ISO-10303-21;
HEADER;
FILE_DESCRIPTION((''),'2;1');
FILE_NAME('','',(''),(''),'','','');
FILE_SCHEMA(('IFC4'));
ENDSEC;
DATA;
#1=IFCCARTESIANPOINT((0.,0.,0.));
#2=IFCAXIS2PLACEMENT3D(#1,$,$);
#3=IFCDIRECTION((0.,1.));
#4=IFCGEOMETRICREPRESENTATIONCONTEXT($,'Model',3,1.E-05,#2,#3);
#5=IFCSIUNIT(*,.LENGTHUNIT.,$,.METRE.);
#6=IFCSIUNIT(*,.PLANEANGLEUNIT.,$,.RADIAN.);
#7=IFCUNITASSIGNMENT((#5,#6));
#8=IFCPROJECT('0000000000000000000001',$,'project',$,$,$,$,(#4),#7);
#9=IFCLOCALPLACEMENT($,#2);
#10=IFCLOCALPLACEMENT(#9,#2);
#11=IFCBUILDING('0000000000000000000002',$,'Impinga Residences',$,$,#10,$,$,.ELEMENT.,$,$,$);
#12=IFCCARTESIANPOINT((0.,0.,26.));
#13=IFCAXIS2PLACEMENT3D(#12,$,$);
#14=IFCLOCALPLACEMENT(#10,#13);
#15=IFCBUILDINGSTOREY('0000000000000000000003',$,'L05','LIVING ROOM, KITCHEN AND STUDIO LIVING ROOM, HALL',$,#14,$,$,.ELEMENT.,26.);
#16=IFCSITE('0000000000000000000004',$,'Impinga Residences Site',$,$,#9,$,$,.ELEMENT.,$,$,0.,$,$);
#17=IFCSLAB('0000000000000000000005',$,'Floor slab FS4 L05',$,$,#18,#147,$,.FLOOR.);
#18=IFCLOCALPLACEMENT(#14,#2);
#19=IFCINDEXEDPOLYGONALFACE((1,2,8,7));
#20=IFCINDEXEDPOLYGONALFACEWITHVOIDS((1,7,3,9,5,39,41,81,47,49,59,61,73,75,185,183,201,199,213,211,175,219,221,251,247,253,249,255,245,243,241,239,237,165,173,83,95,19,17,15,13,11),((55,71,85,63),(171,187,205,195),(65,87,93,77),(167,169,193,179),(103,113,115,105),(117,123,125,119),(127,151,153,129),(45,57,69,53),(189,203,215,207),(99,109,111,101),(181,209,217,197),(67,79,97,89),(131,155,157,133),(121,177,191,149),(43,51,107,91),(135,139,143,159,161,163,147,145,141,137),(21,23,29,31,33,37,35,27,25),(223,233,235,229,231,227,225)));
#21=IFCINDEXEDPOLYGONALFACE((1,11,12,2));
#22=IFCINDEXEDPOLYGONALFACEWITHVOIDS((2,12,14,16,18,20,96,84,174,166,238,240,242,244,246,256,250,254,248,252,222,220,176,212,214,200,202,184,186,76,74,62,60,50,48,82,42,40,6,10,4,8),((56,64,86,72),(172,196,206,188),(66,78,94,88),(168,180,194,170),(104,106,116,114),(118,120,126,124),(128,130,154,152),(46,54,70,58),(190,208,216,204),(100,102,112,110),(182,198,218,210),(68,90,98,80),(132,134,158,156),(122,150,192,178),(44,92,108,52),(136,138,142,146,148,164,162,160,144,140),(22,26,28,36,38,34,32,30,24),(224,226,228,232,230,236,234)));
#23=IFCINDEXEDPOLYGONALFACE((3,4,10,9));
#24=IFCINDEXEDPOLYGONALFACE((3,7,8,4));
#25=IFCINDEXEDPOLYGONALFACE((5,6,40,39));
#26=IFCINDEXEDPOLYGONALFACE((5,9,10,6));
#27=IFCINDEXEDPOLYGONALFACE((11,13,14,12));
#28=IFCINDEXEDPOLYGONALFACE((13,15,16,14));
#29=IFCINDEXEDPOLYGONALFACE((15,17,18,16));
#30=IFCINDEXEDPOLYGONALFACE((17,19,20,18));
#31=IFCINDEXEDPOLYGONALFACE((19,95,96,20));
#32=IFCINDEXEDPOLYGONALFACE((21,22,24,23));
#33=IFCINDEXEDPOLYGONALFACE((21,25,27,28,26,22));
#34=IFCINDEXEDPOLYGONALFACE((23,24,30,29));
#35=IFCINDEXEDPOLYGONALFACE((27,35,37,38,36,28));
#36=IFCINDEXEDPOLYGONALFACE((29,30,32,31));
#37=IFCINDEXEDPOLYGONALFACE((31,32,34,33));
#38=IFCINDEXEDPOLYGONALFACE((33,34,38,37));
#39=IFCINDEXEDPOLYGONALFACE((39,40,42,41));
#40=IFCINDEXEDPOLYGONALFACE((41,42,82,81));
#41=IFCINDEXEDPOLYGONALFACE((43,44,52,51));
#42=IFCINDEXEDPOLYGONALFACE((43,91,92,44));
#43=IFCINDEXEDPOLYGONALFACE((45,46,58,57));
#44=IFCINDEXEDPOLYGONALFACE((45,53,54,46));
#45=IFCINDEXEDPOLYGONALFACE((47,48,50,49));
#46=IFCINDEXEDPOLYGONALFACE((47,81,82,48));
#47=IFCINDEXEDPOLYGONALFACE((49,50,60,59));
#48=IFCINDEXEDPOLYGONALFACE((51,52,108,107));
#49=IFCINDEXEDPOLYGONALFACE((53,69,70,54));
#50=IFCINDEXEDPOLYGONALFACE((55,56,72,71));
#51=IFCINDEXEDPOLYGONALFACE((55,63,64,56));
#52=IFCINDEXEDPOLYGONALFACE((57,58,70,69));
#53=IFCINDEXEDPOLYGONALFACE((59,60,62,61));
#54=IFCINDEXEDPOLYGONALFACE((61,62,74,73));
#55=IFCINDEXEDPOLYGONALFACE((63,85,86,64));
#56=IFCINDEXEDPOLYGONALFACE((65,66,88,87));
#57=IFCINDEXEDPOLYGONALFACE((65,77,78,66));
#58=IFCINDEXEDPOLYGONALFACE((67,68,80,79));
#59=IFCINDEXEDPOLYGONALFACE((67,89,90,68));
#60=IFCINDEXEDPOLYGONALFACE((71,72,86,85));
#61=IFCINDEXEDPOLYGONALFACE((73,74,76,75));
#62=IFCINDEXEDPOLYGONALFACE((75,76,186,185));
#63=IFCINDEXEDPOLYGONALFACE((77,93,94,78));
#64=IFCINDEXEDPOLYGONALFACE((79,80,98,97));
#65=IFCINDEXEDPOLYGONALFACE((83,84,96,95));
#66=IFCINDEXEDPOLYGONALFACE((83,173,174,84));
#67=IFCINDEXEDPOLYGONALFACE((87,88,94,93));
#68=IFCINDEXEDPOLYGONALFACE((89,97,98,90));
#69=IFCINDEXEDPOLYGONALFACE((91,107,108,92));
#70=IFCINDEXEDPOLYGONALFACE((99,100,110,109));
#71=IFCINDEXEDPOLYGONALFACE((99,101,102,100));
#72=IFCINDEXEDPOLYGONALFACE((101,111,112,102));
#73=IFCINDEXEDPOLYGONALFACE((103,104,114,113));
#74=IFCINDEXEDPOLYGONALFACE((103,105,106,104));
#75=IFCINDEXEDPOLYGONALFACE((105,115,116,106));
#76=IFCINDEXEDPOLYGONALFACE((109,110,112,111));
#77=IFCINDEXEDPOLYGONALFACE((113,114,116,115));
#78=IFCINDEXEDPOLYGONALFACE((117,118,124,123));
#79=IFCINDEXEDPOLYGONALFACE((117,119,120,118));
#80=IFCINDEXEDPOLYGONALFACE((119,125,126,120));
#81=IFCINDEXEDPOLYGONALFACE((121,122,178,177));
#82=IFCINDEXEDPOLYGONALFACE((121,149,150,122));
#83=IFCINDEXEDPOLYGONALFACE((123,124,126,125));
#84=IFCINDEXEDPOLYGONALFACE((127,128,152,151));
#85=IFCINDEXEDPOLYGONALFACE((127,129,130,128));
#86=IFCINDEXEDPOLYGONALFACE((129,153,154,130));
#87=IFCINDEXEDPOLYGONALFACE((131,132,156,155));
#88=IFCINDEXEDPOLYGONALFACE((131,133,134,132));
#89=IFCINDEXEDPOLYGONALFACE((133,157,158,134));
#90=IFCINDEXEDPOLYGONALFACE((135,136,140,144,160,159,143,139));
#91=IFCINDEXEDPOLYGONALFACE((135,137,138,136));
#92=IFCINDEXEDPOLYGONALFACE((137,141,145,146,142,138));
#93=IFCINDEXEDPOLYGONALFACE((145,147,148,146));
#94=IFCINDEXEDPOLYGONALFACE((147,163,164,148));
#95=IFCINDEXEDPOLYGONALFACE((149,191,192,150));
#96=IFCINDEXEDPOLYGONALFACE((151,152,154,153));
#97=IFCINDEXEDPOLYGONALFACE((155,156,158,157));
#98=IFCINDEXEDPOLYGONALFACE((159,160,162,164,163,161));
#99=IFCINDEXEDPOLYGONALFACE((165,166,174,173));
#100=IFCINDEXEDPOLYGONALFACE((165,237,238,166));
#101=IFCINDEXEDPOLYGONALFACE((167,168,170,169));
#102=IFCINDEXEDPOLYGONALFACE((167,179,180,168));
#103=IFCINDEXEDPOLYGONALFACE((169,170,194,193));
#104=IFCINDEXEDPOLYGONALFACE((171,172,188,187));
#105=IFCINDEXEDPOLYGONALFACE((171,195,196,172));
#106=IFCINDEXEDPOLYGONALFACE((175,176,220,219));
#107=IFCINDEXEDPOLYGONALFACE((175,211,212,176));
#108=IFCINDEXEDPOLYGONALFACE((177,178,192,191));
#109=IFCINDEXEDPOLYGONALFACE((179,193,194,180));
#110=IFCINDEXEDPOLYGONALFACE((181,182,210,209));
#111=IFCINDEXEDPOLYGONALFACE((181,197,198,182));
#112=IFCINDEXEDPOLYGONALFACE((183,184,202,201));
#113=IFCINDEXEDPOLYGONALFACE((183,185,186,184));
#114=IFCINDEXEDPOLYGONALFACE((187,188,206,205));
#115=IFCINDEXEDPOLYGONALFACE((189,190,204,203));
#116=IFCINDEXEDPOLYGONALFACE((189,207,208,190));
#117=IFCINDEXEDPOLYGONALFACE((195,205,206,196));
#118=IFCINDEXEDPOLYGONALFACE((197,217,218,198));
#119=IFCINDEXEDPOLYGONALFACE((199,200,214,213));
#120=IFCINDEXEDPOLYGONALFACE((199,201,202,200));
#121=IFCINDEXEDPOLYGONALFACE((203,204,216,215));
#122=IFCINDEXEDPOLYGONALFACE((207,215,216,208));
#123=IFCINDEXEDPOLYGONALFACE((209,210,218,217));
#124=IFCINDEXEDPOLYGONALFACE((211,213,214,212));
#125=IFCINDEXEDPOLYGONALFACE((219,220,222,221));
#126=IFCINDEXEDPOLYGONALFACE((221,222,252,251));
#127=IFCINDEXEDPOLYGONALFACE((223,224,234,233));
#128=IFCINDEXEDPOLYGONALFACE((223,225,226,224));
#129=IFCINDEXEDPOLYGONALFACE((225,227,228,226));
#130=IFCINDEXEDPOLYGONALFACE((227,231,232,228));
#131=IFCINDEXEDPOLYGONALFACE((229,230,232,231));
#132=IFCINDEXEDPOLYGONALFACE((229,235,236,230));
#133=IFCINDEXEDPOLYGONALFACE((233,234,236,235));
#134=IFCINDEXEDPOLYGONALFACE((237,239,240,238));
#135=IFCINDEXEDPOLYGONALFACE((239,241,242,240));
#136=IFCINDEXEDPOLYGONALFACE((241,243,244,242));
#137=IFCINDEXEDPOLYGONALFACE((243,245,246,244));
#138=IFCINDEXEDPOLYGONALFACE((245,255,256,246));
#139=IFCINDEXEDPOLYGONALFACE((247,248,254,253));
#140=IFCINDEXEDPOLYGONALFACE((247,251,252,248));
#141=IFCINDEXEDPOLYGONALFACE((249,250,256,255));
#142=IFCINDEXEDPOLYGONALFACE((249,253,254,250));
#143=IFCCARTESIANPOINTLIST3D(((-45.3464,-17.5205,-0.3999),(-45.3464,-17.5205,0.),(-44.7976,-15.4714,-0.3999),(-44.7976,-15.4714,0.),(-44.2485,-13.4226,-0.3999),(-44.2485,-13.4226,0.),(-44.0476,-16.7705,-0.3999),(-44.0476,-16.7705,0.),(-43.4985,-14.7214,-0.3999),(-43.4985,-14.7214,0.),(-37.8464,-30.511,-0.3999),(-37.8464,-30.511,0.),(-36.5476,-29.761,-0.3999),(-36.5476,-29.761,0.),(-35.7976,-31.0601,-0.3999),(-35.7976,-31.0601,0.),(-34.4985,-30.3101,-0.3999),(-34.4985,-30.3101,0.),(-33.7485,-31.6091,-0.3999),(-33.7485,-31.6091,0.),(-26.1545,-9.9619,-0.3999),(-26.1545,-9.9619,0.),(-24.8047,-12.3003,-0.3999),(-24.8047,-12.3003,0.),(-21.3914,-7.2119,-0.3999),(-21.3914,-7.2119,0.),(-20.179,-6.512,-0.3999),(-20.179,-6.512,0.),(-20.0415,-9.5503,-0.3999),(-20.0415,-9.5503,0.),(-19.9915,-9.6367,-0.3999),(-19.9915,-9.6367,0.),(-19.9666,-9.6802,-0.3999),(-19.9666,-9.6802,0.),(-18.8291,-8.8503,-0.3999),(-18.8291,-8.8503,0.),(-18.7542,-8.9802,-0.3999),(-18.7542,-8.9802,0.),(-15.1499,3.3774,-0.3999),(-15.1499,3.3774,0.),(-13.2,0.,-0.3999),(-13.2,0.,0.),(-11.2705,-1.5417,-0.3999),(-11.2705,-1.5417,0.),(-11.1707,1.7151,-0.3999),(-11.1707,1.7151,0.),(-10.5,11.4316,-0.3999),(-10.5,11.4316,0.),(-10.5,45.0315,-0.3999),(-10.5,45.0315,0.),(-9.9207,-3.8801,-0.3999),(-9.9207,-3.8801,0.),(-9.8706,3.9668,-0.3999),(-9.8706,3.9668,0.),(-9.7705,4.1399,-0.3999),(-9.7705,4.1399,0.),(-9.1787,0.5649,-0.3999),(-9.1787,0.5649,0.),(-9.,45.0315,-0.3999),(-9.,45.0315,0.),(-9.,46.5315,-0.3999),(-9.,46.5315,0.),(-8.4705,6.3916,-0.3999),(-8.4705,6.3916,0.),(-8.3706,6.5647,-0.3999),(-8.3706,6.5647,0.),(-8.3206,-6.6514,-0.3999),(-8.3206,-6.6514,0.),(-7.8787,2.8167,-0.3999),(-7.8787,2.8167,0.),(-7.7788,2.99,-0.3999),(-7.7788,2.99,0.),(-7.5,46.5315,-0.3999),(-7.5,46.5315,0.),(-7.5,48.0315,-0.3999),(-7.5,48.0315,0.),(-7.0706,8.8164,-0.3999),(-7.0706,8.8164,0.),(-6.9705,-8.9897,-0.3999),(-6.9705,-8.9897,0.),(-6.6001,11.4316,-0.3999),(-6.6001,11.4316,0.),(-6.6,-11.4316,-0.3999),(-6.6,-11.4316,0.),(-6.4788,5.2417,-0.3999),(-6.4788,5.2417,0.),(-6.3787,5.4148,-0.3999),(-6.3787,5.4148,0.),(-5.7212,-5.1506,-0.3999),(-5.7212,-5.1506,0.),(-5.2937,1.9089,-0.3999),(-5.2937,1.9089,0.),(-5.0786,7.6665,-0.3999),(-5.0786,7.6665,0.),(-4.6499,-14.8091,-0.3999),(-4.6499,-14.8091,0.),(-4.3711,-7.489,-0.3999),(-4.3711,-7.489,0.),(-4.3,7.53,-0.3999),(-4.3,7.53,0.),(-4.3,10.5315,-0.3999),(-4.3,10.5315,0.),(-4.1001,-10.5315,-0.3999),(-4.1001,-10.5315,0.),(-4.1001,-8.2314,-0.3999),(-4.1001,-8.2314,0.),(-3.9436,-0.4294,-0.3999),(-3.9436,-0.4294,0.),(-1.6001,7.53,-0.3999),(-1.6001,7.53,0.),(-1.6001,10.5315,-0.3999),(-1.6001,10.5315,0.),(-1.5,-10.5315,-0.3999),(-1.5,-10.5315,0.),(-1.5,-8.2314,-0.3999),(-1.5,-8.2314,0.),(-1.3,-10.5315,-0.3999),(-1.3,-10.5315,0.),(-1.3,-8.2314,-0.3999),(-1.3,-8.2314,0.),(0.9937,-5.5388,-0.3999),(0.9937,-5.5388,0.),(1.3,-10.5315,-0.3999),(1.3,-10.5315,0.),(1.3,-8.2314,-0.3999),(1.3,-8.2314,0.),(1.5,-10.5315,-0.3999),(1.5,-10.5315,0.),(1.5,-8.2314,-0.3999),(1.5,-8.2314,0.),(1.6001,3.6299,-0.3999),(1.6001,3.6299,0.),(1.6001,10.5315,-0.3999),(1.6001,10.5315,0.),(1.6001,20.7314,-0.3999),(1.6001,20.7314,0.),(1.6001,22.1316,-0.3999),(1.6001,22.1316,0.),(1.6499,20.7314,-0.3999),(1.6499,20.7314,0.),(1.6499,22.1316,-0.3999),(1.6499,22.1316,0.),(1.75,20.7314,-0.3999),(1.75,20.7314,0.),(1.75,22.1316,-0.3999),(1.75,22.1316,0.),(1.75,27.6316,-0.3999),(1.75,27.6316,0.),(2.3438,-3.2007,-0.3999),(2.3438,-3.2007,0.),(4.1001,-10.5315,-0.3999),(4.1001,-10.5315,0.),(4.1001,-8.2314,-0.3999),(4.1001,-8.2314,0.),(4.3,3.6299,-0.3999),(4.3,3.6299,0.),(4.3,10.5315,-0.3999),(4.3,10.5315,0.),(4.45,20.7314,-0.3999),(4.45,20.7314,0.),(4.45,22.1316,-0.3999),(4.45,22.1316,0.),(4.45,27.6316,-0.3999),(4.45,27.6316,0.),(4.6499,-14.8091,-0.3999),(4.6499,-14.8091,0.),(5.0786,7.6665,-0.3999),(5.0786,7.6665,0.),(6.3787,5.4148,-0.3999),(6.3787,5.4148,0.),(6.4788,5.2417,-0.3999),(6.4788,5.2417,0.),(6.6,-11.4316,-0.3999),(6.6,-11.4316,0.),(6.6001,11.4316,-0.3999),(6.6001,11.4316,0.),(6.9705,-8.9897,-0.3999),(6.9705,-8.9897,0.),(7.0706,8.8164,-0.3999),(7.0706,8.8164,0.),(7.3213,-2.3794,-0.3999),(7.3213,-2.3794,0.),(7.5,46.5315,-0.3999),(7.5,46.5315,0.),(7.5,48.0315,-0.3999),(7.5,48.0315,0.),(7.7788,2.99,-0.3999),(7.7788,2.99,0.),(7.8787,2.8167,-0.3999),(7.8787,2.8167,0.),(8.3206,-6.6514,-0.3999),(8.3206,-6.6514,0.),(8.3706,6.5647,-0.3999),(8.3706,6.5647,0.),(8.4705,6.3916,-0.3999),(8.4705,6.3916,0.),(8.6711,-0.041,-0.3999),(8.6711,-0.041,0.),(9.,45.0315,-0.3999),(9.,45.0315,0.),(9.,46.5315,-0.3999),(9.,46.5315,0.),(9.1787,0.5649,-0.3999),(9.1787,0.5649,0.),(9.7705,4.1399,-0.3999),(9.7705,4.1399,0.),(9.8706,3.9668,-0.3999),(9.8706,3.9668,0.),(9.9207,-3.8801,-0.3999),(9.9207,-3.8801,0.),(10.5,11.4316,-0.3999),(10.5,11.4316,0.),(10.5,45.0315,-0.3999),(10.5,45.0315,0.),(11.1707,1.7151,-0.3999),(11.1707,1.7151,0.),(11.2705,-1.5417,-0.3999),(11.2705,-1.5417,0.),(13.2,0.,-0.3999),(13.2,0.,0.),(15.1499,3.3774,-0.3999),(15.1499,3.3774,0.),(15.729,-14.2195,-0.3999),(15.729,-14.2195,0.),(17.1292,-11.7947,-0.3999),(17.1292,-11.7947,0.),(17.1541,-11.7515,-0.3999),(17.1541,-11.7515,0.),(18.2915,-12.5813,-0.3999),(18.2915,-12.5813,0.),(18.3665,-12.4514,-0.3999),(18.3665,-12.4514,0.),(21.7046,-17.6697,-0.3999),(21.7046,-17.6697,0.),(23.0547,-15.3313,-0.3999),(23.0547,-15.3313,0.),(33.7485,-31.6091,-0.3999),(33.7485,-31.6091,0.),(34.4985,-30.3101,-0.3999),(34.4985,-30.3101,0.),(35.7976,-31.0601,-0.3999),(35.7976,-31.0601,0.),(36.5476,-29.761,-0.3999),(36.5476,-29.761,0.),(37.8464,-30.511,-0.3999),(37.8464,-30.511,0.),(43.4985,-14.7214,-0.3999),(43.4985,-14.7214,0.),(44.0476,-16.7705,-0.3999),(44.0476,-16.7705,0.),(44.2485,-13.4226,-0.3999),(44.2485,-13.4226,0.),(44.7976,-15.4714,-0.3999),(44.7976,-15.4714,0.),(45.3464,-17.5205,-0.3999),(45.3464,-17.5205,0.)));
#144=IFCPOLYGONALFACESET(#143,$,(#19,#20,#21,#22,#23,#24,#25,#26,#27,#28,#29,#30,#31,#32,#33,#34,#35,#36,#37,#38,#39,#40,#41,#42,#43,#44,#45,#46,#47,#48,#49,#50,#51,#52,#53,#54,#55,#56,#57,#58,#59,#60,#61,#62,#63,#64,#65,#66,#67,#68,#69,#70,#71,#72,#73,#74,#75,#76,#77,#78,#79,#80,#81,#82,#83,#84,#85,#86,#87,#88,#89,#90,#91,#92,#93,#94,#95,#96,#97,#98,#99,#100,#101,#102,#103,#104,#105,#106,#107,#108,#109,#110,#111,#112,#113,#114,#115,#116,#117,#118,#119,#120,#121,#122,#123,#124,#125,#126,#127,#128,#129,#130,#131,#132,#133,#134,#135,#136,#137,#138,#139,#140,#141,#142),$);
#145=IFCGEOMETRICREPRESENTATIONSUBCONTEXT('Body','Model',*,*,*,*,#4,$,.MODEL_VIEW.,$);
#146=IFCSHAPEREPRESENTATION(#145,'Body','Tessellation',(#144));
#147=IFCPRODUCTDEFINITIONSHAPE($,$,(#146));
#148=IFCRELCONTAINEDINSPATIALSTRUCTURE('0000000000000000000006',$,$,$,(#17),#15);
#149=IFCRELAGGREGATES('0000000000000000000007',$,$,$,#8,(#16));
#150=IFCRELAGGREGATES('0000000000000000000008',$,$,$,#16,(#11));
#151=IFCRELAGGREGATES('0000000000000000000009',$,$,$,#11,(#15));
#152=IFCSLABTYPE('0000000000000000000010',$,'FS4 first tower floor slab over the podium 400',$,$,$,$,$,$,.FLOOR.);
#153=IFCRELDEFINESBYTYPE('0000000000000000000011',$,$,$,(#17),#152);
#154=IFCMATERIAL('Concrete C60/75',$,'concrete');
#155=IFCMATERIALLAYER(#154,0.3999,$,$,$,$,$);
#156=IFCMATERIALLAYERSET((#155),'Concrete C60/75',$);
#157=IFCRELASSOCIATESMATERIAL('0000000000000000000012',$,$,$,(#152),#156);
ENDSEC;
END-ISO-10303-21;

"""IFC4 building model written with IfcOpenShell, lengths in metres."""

from ifc_helpers import new_model, si_unit, direction, frame, origin, place, context, subcontext, project, spatial, polyline, outline, extrude, material, layer, layer_set, type_object, element, save


model = new_model("IFC4")

# Units and contexts
model_context = context("Model", 3, precision=1e-05, world=origin(), true_north=direction((0.0, 1.0)))
body_context = subcontext(model_context, "Body", "Model", "MODEL_VIEW")
ifc_project = project(units=[si_unit("LENGTHUNIT", "METRE"), si_unit("PLANEANGLEUNIT", "RADIAN")], contexts=[model_context])

# Site, building, storey
site_placement = place(None, origin())
site = spatial("IfcSite", under=ifc_project, at=site_placement, Name="Impinga Residences Site", CompositionType="ELEMENT", RefElevation=0.0)
building_placement = place(site_placement, origin())
building = spatial("IfcBuilding", under=site, at=building_placement, Name="Impinga Residences", CompositionType="ELEMENT")
storey_placement = place(building_placement, frame((0.0, 0.0, 26.0)))
storey = spatial("IfcBuildingStorey", under=building, at=storey_placement, Name="L05", Description="LIVING ROOM, KITCHEN AND STUDIO LIVING ROOM, HALL", CompositionType="ELEMENT", Elevation=26.0)

# Slab
ifc_material_1 = material(Name="Concrete C60/75", Category="concrete")
ifc_layer_1 = layer(ifc_material_1, 0.3999)
ifc_layer_set_1 = layer_set([ifc_layer_1], Name="Concrete C60/75")
slab_type_1 = type_object("IfcSlabType", Name="FS4 first tower floor slab over the podium 400", PredefinedType="FLOOR", material=ifc_layer_set_1)
slab_1_placement = place(storey_placement, frame((0.0, 0.0, -0.3999)))
element("IfcSlab", 1, at=slab_1_placement, inside=storey, type_object=slab_type_1, Name="Floor slab FS4 L05", PredefinedType="FLOOR", context=body_context, shape_type="SweptSolid", body=[
    extrude(outline(polyline([(-34.4985, -30.3101), (-35.7976, -31.0601), (-36.5476, -29.761), (-37.8464, -30.511), (-45.3464, -17.5205), (-44.0476, -16.7705), (-44.7976, -15.4714), (-43.4985, -14.7214), (-44.2485, -13.4226), (-15.1499, 3.3774), (-13.2, 0.0), (-6.6001, 11.4316), (-10.5, 11.4316), (-10.5, 45.0315), (-9.0, 45.0315), (-9.0, 46.5315), (-7.5, 46.5315), (-7.5, 48.0315), (7.5, 48.0315), (7.5, 46.5315), (9.0, 46.5315), (9.0, 45.0315), (10.5, 45.0315), (10.5, 11.4316), (6.6001, 11.4316), (13.2, 0.0), (15.1499, 3.3774), (44.2485, -13.4226), (43.4985, -14.7214), (44.7976, -15.4714), (44.0476, -16.7705), (45.3464, -17.5205), (37.8464, -30.511), (36.5476, -29.761), (35.7976, -31.0601), (34.4985, -30.3101), (33.7485, -31.6091), (4.6499, -14.8091), (9.9001, -5.7158), (6.6001, -11.4316), (-6.6001, -11.4316), (-9.9001, -5.7158), (-4.6499, -14.8091), (-33.7485, -31.6091), (-34.4985, -30.3101)]), holes=[polyline([(-21.3914, -7.2119), (-26.1545, -9.9619), (-24.8047, -12.3003), (-20.0415, -9.5503), (-19.9915, -9.6367), (-19.9915, -9.6367), (-19.9666, -9.6802), (-18.7542, -8.9802), (-18.8291, -8.8503), (-18.8291, -8.8503), (-20.179, -6.512), (-21.3914, -7.2119), (-21.3914, -7.2119)]), polyline([(-1.5, -8.2314), (-4.1001, -8.2314), (-4.1001, -10.5315), (-1.5, -10.5315), (-1.5, -8.2314)]), polyline([(1.3, -8.2314), (-1.3, -8.2314), (-1.3, -10.5315), (1.3, -10.5315), (1.3, -8.2314)]), polyline([(1.5, -8.2314), (1.5, -10.5315), (4.1001, -10.5315), (4.1001, -8.2314), (1.5, -8.2314)]), polyline([(-5.7212, -5.1506), (-8.3206, -6.6514), (-6.9705, -8.9897), (-4.3711, -7.489), (-5.7212, -5.1506)]), polyline([(-3.9436, -0.4294), (-5.2937, 1.9089), (-11.2705, -1.5417), (-9.9207, -3.8801), (-3.9436, -0.4294)]), polyline([(-9.1787, 0.5649), (-7.8787, 2.8167), (-9.8706, 3.9668), (-11.1707, 1.7151), (-9.1787, 0.5649)]), polyline([(-6.4788, 5.2417), (-8.4705, 6.3916), (-9.7705, 4.1399), (-7.7788, 2.99), (-6.4788, 5.2417)]), polyline([(-6.3787, 5.4148), (-5.0786, 7.6665), (-7.0706, 8.8164), (-8.3706, 6.5647), (-6.3787, 5.4148)]), polyline([(-4.3, 7.53), (-1.6001, 7.53), (-1.6001, 10.5315), (-4.3, 10.5315), (-4.3, 7.53)]), polyline([(15.729, -14.2195), (21.7046, -17.6697), (23.0547, -15.3313), (18.2915, -12.5813), (18.3665, -12.4514), (17.1541, -11.7515), (17.1292, -11.7947), (17.1292, -11.7947), (15.729, -14.2195)]), polyline([(0.9937, -5.5388), (6.9705, -8.9897), (8.3206, -6.6514), (2.3438, -3.2007), (0.9937, -5.5388)]), polyline([(8.6711, -0.041), (7.3213, -2.3794), (9.9207, -3.8801), (11.2705, -1.5417), (8.6711, -0.041)]), polyline([(7.8787, 2.8167), (9.1787, 0.5649), (11.1707, 1.7151), (9.8706, 3.9668), (7.8787, 2.8167)]), polyline([(7.7788, 2.99), (9.7705, 4.1399), (8.4705, 6.3916), (6.4788, 5.2417), (7.7788, 2.99)]), polyline([(1.6001, 3.6299), (4.3, 3.6299), (4.3, 10.5315), (1.6001, 10.5315), (1.6001, 3.6299)]), polyline([(5.0786, 7.6665), (6.3787, 5.4148), (8.3706, 6.5647), (7.0706, 8.8164), (5.0786, 7.6665)]), polyline([(1.6499, 22.1316), (1.6001, 22.1316), (1.6001, 20.7314), (1.6499, 20.7314), (1.75, 20.7314), (4.45, 20.7314), (4.45, 22.1316), (4.45, 27.6316), (1.75, 27.6316), (1.75, 22.1316), (1.6499, 22.1316)])]), origin(), (0.0, 0.0, 1.0), 0.3999),
])

save(model, "model.ifc")
